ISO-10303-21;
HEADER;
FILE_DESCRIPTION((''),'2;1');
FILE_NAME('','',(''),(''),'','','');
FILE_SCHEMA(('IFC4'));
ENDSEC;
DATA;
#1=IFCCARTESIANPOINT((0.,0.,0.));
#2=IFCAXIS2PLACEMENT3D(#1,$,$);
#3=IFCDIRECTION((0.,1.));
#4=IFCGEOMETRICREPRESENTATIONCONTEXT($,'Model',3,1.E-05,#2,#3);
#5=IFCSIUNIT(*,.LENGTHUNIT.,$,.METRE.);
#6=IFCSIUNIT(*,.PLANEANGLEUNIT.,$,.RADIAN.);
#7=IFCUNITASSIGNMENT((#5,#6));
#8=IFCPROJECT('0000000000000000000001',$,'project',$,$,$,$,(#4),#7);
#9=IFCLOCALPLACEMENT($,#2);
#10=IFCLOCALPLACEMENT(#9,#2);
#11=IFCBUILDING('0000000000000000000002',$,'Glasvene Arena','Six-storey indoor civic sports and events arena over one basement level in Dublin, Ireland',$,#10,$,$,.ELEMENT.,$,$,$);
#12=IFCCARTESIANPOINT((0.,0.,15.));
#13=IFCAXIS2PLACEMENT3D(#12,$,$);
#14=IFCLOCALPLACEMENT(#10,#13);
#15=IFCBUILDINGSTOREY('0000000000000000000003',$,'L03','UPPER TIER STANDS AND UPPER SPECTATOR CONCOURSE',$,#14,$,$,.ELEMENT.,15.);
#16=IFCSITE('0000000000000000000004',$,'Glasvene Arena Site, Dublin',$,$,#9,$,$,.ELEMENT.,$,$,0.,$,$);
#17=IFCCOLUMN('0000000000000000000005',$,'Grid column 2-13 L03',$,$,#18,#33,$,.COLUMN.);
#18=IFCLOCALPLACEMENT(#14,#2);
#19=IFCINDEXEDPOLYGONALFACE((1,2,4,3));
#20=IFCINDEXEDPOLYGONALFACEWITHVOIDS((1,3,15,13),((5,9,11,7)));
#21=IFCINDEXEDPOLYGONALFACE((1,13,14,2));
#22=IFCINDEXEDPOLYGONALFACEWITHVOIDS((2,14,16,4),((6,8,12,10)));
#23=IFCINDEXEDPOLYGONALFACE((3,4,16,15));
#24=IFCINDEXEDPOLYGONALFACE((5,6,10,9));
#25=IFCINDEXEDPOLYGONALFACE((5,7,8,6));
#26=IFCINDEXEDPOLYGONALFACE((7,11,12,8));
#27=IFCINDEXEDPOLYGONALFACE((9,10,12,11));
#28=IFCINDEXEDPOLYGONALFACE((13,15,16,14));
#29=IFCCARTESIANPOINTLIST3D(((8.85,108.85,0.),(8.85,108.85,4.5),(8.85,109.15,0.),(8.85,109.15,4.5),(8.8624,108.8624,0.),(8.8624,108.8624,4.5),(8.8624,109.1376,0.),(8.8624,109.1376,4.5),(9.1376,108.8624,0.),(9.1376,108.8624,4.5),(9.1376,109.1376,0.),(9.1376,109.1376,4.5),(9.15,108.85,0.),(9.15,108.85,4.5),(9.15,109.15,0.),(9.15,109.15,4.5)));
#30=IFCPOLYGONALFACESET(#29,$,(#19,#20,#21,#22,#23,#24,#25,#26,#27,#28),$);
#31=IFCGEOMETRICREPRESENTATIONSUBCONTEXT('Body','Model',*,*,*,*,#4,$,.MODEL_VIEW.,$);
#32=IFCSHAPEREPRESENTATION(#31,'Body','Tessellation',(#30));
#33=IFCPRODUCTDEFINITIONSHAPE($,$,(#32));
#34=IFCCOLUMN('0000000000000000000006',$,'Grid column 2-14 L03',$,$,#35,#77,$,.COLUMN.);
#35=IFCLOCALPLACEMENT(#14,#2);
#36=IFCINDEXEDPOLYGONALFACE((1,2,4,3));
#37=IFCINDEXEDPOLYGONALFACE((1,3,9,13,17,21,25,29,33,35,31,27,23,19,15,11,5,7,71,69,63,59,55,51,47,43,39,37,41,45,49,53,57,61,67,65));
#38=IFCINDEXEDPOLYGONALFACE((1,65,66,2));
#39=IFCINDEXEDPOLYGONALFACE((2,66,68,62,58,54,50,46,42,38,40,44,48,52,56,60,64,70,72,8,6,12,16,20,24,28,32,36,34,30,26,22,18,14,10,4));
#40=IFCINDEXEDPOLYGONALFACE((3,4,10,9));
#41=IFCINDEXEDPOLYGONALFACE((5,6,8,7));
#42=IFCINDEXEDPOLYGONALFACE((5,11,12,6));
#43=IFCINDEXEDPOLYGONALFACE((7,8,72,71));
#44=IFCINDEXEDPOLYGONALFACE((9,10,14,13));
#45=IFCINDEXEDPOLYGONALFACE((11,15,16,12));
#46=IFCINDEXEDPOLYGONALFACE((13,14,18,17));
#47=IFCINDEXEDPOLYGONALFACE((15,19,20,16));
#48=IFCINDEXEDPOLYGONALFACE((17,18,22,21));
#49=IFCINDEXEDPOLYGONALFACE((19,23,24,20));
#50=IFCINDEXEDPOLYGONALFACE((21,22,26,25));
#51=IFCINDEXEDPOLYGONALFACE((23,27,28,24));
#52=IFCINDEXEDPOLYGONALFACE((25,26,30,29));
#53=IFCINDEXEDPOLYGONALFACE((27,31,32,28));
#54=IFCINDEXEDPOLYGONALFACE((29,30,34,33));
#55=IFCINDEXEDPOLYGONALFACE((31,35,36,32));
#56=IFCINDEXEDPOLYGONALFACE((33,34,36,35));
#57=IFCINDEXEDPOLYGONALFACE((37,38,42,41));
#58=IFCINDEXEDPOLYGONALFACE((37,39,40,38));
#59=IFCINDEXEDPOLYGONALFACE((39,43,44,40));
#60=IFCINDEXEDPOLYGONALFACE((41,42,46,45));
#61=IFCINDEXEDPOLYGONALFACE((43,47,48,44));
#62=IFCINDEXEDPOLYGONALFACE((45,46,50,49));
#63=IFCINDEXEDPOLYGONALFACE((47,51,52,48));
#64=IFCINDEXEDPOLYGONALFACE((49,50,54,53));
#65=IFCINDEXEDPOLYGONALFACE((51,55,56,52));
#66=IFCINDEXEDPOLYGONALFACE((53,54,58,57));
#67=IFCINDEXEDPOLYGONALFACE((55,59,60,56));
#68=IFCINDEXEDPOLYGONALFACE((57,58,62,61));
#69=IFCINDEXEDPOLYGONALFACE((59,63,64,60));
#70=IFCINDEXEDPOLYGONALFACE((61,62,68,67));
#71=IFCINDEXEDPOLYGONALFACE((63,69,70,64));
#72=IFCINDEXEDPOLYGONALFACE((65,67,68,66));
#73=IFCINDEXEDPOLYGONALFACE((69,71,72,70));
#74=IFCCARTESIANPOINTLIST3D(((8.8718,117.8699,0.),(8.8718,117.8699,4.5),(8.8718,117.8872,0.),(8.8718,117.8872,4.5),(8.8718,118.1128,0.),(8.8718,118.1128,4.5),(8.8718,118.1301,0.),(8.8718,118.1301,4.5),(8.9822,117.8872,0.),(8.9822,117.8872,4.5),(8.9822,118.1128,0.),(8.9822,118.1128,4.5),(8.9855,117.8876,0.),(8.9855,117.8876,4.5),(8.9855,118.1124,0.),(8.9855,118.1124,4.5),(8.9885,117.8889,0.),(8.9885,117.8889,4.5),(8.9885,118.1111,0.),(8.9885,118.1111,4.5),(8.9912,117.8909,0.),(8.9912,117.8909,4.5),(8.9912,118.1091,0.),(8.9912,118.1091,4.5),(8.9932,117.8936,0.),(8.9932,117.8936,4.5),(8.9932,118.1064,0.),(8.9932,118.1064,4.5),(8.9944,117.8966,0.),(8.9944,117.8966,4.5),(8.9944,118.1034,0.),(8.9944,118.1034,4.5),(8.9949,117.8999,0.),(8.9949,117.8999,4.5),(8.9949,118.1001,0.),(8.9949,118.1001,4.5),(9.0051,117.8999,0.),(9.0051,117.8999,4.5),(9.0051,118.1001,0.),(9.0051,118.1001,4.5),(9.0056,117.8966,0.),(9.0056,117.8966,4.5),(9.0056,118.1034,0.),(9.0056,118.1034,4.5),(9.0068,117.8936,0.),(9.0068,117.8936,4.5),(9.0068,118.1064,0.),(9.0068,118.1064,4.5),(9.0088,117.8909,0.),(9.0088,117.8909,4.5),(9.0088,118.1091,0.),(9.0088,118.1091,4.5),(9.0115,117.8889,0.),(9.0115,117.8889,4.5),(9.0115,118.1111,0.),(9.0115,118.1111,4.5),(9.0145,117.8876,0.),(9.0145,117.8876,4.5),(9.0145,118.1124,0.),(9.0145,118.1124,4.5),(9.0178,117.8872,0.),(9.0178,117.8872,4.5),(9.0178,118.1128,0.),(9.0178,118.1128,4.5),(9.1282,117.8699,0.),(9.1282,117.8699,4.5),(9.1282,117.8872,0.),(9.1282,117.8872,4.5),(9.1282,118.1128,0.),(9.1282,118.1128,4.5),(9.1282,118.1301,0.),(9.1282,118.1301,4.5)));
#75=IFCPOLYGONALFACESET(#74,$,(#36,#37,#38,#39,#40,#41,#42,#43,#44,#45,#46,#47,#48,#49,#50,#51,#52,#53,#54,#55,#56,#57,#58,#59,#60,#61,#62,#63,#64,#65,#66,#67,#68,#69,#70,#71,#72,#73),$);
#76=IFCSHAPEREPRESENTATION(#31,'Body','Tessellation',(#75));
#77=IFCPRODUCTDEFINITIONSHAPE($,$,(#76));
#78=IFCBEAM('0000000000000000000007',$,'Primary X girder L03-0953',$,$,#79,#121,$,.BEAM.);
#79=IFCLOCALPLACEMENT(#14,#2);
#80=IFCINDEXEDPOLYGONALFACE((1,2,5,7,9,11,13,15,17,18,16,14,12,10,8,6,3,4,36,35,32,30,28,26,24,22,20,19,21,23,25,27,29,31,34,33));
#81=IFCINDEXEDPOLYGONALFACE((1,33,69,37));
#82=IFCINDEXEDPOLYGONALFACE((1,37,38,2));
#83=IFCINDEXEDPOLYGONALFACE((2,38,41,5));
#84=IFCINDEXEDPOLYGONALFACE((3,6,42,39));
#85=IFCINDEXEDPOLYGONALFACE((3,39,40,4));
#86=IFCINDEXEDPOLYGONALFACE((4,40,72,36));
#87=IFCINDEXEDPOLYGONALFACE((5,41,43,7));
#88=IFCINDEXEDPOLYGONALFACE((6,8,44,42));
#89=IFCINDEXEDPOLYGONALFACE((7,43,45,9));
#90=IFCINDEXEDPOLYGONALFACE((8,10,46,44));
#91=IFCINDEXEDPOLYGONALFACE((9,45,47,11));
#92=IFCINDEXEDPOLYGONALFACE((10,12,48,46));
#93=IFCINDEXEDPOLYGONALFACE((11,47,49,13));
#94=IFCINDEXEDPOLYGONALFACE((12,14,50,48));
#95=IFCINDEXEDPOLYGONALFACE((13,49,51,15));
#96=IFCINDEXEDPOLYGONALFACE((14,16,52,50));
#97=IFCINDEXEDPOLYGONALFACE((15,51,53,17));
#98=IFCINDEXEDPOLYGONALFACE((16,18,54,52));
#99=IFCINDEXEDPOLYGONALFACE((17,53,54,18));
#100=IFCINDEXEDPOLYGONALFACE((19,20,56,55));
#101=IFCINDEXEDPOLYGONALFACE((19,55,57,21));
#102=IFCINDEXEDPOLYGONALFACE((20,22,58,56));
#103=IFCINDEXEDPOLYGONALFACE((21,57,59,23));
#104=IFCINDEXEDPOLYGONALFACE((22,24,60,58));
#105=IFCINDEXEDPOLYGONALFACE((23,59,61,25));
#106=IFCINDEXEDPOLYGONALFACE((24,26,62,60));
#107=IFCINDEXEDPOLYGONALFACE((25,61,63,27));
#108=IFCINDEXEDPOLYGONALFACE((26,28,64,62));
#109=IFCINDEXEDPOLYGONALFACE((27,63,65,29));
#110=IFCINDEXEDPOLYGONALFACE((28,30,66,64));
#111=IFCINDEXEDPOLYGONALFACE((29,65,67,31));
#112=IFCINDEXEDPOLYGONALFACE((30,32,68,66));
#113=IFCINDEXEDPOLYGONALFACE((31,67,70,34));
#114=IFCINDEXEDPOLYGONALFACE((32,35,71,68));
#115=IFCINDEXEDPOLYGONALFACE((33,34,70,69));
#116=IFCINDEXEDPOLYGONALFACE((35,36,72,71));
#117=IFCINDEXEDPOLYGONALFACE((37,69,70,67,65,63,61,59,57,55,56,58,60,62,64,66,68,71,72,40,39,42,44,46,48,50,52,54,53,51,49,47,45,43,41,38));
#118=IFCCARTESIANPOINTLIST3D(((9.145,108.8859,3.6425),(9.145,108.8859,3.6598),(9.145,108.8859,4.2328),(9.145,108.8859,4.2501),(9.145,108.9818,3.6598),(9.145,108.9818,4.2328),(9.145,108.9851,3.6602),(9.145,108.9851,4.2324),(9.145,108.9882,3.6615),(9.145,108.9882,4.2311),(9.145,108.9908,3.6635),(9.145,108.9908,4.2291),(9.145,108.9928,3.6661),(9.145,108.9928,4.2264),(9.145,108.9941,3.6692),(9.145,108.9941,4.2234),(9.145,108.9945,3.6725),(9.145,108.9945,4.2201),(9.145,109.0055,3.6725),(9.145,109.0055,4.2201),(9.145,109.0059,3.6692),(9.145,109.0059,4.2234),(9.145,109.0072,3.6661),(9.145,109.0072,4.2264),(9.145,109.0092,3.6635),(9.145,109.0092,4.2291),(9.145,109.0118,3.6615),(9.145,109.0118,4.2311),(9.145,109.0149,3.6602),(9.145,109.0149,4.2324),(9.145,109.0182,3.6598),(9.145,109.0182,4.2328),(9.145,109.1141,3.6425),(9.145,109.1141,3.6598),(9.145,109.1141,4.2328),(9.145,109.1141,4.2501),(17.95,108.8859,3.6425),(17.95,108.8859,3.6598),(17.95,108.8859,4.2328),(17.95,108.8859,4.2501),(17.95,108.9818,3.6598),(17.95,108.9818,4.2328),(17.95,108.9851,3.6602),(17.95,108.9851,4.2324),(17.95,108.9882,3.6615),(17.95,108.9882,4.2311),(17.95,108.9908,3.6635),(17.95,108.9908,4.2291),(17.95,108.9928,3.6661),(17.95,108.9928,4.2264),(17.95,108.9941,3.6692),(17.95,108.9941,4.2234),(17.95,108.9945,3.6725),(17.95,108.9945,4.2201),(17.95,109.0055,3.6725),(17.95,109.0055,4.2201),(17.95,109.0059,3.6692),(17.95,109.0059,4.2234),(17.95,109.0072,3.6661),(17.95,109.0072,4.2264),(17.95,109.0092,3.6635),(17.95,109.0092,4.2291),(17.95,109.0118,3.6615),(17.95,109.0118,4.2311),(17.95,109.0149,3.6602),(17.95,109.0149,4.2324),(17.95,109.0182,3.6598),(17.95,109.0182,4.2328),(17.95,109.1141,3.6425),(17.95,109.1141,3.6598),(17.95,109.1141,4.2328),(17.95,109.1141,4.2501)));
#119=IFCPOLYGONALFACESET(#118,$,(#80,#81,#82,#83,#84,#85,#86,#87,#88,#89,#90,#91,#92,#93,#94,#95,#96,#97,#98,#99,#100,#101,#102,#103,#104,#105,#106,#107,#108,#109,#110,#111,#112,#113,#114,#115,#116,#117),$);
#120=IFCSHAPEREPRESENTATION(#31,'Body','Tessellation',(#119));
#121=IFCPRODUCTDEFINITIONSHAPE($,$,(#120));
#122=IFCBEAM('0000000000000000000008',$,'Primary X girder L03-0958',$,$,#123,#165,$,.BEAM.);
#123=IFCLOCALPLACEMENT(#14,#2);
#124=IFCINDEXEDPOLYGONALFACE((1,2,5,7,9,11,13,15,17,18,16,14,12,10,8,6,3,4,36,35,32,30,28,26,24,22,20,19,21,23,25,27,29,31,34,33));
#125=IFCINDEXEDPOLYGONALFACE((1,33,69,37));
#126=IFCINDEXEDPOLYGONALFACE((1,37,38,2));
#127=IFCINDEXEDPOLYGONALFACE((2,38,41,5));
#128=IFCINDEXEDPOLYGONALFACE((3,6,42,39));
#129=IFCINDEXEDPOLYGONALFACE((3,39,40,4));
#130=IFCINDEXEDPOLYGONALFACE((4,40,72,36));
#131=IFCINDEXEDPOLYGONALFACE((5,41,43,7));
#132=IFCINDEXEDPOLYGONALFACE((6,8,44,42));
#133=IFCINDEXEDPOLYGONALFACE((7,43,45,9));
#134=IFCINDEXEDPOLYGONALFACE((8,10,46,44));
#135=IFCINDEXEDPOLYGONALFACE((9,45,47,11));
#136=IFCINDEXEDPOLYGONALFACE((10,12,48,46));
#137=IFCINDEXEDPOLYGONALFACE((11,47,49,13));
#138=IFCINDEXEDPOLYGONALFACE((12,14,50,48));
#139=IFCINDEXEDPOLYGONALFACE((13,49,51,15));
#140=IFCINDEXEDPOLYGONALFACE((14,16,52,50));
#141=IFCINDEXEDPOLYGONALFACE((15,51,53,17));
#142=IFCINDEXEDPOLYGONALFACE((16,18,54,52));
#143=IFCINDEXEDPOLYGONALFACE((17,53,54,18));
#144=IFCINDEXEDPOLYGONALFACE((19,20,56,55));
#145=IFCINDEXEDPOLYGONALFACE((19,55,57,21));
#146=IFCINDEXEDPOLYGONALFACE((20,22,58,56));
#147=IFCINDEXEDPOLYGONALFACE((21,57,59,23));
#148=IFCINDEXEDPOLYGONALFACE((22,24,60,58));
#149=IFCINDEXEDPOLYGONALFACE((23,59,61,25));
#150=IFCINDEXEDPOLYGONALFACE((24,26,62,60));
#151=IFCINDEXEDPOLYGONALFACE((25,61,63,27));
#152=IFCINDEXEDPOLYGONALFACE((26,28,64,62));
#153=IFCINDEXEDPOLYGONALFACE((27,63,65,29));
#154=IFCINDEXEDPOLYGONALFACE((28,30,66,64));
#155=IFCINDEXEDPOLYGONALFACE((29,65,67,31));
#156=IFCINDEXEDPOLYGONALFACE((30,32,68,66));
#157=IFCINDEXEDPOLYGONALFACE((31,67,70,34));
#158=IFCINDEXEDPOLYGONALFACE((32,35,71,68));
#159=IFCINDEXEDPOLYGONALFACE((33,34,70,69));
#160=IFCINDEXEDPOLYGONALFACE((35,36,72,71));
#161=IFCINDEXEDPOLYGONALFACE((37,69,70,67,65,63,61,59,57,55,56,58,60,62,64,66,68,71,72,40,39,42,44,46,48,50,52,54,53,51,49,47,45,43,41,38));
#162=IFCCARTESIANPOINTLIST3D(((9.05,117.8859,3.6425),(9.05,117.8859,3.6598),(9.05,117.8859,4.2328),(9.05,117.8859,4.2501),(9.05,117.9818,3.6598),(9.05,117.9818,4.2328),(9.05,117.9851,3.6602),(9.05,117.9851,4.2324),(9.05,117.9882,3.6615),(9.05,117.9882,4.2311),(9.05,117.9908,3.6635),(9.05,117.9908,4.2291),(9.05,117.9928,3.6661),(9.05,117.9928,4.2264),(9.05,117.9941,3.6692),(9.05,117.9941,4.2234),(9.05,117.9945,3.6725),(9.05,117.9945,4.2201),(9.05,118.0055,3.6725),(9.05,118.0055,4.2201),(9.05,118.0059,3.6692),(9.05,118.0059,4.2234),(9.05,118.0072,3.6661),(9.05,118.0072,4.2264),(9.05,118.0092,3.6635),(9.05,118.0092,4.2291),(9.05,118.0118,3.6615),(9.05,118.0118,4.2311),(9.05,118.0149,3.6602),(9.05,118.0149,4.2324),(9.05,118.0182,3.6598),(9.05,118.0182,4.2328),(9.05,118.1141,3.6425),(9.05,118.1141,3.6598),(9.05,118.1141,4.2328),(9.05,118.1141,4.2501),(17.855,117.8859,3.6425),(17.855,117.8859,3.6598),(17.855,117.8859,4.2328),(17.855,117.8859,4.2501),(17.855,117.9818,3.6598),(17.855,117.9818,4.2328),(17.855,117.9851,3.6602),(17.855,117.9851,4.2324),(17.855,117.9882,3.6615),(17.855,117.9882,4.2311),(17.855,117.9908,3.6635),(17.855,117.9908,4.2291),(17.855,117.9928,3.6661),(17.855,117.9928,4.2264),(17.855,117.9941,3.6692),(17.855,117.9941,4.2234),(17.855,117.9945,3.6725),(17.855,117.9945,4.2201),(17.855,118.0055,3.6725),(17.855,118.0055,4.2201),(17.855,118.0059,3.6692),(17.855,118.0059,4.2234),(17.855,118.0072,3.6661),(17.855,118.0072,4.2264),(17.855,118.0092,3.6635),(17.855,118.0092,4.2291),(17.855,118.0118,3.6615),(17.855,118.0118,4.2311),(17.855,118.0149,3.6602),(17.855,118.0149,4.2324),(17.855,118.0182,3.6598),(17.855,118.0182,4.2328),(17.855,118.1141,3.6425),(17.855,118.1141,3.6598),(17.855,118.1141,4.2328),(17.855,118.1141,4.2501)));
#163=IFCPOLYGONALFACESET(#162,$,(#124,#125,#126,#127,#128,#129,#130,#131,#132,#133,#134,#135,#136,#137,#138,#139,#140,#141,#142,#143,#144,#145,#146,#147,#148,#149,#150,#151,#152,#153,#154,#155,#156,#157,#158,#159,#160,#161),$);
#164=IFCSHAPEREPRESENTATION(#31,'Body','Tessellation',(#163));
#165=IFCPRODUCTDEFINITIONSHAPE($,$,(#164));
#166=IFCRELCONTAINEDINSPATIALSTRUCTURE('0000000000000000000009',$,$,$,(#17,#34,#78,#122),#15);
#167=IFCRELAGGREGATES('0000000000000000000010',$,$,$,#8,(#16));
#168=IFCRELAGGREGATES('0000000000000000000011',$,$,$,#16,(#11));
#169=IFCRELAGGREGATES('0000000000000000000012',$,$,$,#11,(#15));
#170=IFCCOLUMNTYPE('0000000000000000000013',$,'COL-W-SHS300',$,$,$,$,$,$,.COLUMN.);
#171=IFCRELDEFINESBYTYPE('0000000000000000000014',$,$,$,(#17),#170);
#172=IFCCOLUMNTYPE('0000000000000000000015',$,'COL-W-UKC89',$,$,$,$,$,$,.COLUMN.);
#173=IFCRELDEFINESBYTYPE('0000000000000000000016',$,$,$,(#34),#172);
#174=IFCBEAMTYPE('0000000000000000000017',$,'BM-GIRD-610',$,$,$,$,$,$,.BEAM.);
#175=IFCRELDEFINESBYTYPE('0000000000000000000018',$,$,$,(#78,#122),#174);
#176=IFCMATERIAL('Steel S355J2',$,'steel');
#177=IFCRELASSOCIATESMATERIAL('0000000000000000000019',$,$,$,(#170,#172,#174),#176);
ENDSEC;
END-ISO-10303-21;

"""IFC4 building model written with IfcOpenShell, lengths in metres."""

from ifc_helpers import new_model, si_unit, direction, frame, origin, origin_2d, place, context, subcontext, project, spatial, hollow_rectangle, i_section, extrude, material, material_profile, profile_set, type_object, element, save


model = new_model("IFC4")

# Units and contexts
model_context = context("Model", 3, precision=1e-05, world=origin(), true_north=direction((0.0, 1.0)))
body_context = subcontext(model_context, "Body", "Model", "MODEL_VIEW")
ifc_project = project(units=[si_unit("LENGTHUNIT", "METRE"), si_unit("PLANEANGLEUNIT", "RADIAN")], contexts=[model_context])

# Site, building, storey
site_placement = place(None, origin())
site = spatial("IfcSite", under=ifc_project, at=site_placement, Name="Glasvene Arena Site, Dublin", CompositionType="ELEMENT", RefElevation=0.0)
building_placement = place(site_placement, origin())
building = spatial("IfcBuilding", under=site, at=building_placement, Name="Glasvene Arena", Description="Six-storey indoor civic sports and events arena over one basement level in Dublin, Ireland", CompositionType="ELEMENT")
storey_placement = place(building_placement, frame((0.0, 0.0, 15.0)))
storey = spatial("IfcBuildingStorey", under=building, at=storey_placement, Name="L03", Description="UPPER TIER STANDS AND UPPER SPECTATOR CONCOURSE", CompositionType="ELEMENT", Elevation=15.0)

# Columns
ifc_material_1 = material(Name="Steel S355J2", Category="steel")
ifc_material_profile_1 = material_profile(ifc_material_1, hollow_rectangle(XDim=0.3, YDim=0.3, WallThickness=0.0125, at=origin_2d()), Name="SHS 300x300x12.5")
ifc_profile_set_1 = profile_set([ifc_material_profile_1], Name="Steel S355J2")
column_type_1 = type_object("IfcColumnType", Name="COL-W-SHS300", PredefinedType="COLUMN", material=ifc_profile_set_1)
column_1_placement = place(storey_placement, frame((9.0, 109.0, 0.0), z_axis=(0.0, 0.0, 1.0), x_axis=(1.0, 0.0, 0.0)))
element("IfcColumn", 1, at=column_1_placement, inside=storey, type_object=column_type_1, Name="Grid column 2-13 L03", PredefinedType="COLUMN", context=body_context, shape_type="SweptSolid", body=[
    extrude(hollow_rectangle(XDim=0.3, YDim=0.3, WallThickness=0.0125, at=origin_2d()), origin(), (0.0, 0.0, 1.0), 4.5),
])
ifc_material_profile_2 = material_profile(ifc_material_1, i_section(OverallWidth=0.2563, OverallDepth=0.2603, WebThickness=0.0103, FlangeThickness=0.0173, FilletRadius=0.0127, at=origin_2d()), Name="UKC 254x254x89")
ifc_profile_set_2 = profile_set([ifc_material_profile_2], Name="Steel S355J2")
column_type_2 = type_object("IfcColumnType", Name="COL-W-UKC89", PredefinedType="COLUMN", material=ifc_profile_set_2)
column_2_placement = place(storey_placement, frame((9.0, 118.0, 0.0), z_axis=(0.0, 0.0, 1.0), x_axis=(1.0, 0.0, 0.0)))
element("IfcColumn", 2, at=column_2_placement, inside=storey, type_object=column_type_2, Name="Grid column 2-14 L03", PredefinedType="COLUMN", context=body_context, shape_type="SweptSolid", body=[
    extrude(i_section(OverallWidth=0.2563, OverallDepth=0.2603, WebThickness=0.0103, FlangeThickness=0.0173, FilletRadius=0.0127, at=origin_2d()), origin(), (0.0, 0.0, 1.0), 4.5),
])

# Beams
ifc_material_profile_3 = material_profile(ifc_material_1, i_section(OverallWidth=0.2283, OverallDepth=0.6077, WebThickness=0.011, FlangeThickness=0.0173, FilletRadius=0.0127, at=origin_2d()), Name="UKB 610x229x113")
ifc_profile_set_3 = profile_set([ifc_material_profile_3], Name="Steel S355J2")
beam_type_1 = type_object("IfcBeamType", Name="BM-GIRD-610", PredefinedType="BEAM", material=ifc_profile_set_3)
for number, where, z_axis, x_axis, name in (
    (3, (9.145, 109.0, 3.9463), (1.0, 0.0, 0.0), (0.0, 1.0, 0.0), "Primary X girder L03-0953"),
    (4, (9.05, 118.0, 3.9463), (1.0, 0.0, 0.0), (0.0, 1.0, 0.0), "Primary X girder L03-0958"),
):
    element("IfcBeam", number, at=place(storey_placement, frame(where, z_axis=z_axis, x_axis=x_axis)), inside=storey, type_object=beam_type_1, Name=name, PredefinedType="BEAM", context=body_context, shape_type="SweptSolid", body=[
        extrude(i_section(OverallWidth=0.2283, OverallDepth=0.6077, WebThickness=0.011, FlangeThickness=0.0173, FilletRadius=0.0127, at=origin_2d()), origin(), (0.0, 0.0, 1.0), 8.8049),
    ])

save(model, "model.ifc")
